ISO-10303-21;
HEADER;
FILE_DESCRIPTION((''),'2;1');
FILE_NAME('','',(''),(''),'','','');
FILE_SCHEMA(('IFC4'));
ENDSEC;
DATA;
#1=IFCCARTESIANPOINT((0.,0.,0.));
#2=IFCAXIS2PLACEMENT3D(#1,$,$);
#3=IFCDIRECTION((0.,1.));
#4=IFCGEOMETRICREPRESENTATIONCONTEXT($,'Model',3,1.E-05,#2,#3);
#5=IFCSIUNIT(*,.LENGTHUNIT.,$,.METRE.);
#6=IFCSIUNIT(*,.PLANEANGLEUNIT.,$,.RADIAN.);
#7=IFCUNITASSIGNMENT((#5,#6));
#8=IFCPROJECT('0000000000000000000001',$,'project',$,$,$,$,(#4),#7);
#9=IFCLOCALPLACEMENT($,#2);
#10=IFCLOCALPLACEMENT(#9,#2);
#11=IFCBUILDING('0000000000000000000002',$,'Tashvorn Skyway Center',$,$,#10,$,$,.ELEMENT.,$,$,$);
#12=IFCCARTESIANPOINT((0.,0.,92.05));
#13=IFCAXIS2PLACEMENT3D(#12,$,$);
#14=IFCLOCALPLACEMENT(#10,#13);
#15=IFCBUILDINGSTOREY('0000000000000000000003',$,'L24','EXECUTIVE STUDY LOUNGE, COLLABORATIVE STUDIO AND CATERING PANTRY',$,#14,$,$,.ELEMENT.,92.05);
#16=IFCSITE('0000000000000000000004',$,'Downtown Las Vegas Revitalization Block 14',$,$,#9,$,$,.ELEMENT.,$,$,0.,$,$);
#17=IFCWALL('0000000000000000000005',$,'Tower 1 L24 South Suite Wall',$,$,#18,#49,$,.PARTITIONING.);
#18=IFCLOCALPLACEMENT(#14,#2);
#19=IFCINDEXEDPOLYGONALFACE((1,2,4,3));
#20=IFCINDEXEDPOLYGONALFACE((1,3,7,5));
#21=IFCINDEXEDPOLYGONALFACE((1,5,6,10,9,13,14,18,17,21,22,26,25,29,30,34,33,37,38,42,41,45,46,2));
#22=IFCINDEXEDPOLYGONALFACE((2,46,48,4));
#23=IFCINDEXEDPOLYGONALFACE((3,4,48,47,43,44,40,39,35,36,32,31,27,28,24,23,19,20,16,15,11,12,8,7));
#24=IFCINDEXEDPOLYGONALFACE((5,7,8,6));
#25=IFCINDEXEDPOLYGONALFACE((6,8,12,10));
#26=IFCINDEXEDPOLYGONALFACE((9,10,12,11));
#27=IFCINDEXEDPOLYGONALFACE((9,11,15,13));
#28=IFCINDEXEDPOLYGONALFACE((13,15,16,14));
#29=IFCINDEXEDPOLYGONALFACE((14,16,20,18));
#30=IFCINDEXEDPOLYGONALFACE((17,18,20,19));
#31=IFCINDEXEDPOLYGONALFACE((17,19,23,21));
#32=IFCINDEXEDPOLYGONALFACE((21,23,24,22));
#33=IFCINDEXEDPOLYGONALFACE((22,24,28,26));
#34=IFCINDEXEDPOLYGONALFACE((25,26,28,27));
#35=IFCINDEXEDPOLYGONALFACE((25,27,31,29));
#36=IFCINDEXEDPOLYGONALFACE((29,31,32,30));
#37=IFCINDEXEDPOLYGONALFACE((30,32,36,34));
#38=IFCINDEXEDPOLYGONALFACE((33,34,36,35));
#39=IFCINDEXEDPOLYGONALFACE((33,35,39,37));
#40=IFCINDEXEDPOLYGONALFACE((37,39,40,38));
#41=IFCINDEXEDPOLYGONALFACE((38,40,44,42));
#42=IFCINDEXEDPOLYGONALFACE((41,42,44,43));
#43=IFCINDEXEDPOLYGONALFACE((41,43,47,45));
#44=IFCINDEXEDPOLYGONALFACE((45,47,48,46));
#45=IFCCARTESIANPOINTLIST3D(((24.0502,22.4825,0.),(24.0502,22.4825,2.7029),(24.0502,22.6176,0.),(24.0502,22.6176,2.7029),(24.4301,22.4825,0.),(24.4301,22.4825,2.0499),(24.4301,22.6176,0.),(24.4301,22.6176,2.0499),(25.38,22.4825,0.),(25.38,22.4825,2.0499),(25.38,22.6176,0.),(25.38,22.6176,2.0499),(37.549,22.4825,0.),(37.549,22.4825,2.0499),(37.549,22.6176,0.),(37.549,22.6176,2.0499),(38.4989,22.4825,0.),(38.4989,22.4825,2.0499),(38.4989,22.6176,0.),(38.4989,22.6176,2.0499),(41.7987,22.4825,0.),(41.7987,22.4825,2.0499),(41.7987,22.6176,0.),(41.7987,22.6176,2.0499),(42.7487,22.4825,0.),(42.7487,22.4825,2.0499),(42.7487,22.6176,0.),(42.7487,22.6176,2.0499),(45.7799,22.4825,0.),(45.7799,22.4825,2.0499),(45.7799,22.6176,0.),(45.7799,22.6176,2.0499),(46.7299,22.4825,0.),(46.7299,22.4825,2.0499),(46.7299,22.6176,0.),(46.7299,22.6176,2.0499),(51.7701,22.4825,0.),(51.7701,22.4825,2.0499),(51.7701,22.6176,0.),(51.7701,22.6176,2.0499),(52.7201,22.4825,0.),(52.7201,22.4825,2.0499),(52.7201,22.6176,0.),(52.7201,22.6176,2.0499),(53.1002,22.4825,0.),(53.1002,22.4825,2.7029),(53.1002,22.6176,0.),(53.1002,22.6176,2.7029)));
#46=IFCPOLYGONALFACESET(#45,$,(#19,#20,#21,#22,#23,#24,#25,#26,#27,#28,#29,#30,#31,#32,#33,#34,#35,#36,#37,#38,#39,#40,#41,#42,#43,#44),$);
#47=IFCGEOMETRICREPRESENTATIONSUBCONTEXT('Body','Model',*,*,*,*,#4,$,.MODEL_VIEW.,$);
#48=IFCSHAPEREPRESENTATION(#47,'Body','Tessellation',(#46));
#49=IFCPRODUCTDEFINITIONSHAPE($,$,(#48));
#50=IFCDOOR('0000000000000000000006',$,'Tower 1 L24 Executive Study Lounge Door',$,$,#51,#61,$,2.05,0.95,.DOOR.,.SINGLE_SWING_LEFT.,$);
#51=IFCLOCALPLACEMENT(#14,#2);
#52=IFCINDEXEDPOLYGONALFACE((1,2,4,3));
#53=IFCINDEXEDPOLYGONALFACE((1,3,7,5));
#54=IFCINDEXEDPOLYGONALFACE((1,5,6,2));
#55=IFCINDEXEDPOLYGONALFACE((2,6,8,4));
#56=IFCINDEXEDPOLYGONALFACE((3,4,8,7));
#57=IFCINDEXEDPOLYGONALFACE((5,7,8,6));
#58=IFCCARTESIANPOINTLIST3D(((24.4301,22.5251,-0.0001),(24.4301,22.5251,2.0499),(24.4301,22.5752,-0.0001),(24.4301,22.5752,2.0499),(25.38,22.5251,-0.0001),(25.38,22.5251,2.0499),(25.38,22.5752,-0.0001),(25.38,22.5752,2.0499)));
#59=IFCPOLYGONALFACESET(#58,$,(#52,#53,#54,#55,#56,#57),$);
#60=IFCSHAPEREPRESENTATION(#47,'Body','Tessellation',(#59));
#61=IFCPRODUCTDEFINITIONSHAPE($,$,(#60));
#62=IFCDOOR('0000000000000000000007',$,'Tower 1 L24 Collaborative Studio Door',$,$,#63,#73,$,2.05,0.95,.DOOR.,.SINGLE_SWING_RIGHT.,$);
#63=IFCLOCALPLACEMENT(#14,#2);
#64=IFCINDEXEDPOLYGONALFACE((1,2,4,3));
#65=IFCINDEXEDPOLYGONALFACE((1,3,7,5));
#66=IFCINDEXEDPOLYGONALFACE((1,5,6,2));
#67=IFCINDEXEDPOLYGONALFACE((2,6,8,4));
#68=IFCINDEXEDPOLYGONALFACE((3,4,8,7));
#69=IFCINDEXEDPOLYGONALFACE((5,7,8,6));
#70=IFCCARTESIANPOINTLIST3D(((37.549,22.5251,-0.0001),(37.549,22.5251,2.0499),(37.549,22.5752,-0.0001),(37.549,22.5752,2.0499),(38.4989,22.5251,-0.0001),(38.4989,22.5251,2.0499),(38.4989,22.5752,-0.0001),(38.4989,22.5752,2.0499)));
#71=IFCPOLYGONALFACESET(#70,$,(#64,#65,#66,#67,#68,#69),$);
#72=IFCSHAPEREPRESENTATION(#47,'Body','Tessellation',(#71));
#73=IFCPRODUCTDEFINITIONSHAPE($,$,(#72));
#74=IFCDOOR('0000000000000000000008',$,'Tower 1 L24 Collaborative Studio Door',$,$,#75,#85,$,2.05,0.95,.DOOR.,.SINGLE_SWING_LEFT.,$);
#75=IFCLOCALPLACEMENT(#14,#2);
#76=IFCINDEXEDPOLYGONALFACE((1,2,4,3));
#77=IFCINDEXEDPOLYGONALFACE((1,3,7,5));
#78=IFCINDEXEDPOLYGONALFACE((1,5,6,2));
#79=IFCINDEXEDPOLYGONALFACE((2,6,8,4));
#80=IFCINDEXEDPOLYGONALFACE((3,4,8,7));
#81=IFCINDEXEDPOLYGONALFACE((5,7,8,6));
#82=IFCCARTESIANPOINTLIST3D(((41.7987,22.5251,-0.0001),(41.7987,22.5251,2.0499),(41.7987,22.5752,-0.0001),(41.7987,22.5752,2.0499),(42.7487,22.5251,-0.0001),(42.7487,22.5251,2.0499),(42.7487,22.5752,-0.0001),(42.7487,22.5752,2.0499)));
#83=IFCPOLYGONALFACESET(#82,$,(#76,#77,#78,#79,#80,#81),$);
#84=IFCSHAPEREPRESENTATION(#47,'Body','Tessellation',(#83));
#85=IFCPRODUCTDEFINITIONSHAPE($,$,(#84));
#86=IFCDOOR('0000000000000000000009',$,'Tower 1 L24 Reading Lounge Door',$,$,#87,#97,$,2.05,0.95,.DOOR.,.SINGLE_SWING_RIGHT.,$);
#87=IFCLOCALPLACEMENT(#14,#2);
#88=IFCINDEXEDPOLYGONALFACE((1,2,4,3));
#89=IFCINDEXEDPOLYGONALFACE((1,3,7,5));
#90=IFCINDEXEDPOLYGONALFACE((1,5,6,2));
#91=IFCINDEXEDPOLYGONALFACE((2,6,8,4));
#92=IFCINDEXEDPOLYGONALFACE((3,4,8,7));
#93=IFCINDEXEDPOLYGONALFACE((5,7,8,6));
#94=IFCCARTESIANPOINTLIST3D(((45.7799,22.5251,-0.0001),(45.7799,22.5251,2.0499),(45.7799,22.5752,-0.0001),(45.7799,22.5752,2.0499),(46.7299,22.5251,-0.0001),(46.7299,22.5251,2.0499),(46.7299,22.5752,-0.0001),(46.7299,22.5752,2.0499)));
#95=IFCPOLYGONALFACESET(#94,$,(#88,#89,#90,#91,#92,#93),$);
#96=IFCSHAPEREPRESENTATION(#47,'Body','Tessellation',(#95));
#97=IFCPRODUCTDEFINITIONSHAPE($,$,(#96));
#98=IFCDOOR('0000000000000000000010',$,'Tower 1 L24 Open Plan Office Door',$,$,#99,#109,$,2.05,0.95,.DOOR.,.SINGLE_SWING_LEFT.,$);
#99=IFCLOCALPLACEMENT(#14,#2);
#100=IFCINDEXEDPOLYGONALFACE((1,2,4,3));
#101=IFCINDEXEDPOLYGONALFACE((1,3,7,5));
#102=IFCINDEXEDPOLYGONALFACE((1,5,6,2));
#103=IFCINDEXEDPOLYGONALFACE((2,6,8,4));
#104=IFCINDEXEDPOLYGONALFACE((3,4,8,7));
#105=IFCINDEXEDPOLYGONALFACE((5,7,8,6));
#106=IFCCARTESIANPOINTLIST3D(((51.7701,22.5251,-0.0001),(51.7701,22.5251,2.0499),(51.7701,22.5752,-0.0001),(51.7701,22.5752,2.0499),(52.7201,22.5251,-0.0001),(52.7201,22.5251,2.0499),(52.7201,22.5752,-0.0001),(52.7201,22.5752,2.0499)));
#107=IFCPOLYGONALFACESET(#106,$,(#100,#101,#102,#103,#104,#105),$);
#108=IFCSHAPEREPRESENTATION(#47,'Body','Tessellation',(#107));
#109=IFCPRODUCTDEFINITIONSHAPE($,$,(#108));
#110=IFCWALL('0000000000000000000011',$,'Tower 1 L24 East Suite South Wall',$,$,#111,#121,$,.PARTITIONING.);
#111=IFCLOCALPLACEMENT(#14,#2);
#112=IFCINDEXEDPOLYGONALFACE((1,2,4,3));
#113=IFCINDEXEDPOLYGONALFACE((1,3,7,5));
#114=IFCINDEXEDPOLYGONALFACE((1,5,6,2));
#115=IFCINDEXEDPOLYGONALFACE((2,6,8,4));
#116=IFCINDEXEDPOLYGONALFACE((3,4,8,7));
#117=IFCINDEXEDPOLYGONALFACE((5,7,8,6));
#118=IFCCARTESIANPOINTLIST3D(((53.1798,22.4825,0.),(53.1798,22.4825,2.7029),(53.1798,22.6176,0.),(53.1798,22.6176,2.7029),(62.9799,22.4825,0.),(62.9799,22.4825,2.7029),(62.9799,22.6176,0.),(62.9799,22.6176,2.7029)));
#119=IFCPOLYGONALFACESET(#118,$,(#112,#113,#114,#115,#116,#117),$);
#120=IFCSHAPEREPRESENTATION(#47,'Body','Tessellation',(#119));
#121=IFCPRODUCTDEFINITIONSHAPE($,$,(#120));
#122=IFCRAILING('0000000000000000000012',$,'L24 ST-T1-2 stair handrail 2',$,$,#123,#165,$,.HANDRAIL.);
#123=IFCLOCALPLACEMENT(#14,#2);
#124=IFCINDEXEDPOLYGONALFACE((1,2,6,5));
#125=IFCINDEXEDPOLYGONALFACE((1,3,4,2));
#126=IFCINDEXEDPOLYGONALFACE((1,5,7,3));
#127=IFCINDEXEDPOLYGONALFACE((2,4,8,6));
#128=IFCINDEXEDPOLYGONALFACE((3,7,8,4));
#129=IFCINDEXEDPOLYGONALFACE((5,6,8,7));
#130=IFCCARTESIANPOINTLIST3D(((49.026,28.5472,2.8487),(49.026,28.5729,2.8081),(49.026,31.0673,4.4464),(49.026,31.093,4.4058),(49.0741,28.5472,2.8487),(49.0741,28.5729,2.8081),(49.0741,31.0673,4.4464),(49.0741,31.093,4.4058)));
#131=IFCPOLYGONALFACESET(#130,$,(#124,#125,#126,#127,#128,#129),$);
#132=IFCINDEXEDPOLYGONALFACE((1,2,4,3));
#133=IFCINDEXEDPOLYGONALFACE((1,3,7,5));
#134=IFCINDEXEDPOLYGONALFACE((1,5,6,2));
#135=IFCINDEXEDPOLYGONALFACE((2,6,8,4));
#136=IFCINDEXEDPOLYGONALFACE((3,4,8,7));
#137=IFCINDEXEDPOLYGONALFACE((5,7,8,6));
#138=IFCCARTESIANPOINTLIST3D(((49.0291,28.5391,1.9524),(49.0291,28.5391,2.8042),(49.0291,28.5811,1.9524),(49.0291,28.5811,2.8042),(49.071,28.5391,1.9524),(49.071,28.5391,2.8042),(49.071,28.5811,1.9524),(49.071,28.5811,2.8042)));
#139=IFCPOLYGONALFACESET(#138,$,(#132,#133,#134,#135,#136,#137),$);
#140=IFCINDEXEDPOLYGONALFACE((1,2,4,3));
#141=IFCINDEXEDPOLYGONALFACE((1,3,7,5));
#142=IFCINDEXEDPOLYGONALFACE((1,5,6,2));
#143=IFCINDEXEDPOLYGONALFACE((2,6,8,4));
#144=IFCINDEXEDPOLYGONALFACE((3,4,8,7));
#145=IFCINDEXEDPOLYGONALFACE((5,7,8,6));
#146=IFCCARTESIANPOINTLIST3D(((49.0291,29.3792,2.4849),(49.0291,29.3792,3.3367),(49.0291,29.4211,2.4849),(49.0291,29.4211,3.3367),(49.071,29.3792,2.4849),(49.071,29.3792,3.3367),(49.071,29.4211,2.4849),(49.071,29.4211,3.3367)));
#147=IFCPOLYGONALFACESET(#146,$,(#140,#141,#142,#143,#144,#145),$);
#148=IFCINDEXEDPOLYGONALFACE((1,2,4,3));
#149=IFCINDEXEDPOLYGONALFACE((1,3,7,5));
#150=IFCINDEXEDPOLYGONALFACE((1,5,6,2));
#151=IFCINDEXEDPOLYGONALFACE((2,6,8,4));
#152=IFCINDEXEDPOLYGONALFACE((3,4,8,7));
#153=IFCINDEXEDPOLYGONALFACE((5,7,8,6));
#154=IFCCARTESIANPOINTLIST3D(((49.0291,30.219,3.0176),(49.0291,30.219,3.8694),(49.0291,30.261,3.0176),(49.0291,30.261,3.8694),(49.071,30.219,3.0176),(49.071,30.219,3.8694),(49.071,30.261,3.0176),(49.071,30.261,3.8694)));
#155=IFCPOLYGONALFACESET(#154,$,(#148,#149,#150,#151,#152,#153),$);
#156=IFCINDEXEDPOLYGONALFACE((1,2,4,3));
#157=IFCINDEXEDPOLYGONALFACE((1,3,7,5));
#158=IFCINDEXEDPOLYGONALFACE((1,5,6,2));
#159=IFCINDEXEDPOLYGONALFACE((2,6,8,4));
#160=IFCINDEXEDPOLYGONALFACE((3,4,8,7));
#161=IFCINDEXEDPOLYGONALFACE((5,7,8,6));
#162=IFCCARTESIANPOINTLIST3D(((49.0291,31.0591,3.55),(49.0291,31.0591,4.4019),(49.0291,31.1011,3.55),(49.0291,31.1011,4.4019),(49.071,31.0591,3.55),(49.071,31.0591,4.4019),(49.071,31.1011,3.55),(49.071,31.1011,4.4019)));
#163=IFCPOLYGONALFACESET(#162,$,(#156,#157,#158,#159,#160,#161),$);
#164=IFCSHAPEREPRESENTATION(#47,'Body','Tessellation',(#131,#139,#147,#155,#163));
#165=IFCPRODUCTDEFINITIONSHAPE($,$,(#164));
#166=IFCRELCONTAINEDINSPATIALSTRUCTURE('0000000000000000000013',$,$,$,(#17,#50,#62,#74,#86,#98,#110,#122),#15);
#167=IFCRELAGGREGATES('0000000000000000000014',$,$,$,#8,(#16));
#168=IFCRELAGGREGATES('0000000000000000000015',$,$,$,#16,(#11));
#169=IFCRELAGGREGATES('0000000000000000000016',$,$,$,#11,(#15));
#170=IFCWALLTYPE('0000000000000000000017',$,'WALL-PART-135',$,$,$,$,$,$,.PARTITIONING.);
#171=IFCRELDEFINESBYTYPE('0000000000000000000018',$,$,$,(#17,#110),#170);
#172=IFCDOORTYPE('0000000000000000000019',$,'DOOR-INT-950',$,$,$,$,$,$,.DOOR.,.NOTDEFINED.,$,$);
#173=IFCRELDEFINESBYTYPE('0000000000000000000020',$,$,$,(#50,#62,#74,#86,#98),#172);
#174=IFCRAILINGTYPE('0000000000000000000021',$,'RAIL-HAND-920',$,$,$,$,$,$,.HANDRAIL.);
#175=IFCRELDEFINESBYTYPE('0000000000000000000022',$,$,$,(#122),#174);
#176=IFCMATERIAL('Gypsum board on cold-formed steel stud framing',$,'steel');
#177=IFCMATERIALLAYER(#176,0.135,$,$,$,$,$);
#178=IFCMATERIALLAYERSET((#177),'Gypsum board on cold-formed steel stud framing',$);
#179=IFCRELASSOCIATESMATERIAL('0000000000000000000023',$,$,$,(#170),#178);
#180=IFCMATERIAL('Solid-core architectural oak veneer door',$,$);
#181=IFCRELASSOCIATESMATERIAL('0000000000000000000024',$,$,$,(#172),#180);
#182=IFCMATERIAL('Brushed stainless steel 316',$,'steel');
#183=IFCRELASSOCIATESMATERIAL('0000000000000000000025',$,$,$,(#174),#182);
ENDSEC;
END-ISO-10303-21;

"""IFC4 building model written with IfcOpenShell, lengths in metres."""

from ifc_helpers import new_model, si_unit, direction, frame, frame_2d, origin, origin_2d, place, context, subcontext, project, spatial, rectangle, extrude, material, layer, layer_set, type_object, element, fill, save


model = new_model("IFC4")

# Units and contexts
model_context = context("Model", 3, precision=1e-05, world=origin(), true_north=direction((0.0, 1.0)))
body_context = subcontext(model_context, "Body", "Model", "MODEL_VIEW")
ifc_project = project(units=[si_unit("LENGTHUNIT", "METRE"), si_unit("PLANEANGLEUNIT", "RADIAN")], contexts=[model_context])

# Site, building, storey
site_placement = place(None, origin())
site = spatial("IfcSite", under=ifc_project, at=site_placement, Name="Downtown Las Vegas Revitalization Block 14", CompositionType="ELEMENT", RefElevation=0.0)
building_placement = place(site_placement, origin())
building = spatial("IfcBuilding", under=site, at=building_placement, Name="Tashvorn Skyway Center", CompositionType="ELEMENT")
storey_placement = place(building_placement, frame((0.0, 0.0, 92.05)))
storey = spatial("IfcBuildingStorey", under=building, at=storey_placement, Name="L24", Description="EXECUTIVE STUDY LOUNGE, COLLABORATIVE STUDIO AND CATERING PANTRY", CompositionType="ELEMENT", Elevation=92.05)

# Wall, openings, doors
ifc_material_1 = material(Name="Gypsum board on cold-formed steel stud framing", Category="steel")
ifc_layer_1 = layer(ifc_material_1, 0.135)
ifc_layer_set_1 = layer_set([ifc_layer_1], Name="Gypsum board on cold-formed steel stud framing")
wall_type_1 = type_object("IfcWallType", Name="WALL-PART-135", PredefinedType="PARTITIONING", material=ifc_layer_set_1)
wall_1_placement = place(storey_placement, frame((53.1001, 22.55, 0.0), z_axis=(0.0, 0.0, 1.0), x_axis=(-1.0, 0.0, 0.0)))
wall_1 = element("IfcWall", 1, at=wall_1_placement, inside=storey, type_object=wall_type_1, Name="Tower 1 L24 South Suite Wall", PredefinedType="PARTITIONING", context=body_context, shape_type="SweptSolid", body=[
    extrude(rectangle(XDim=29.05, YDim=0.135, at=frame_2d((14.5249, 0.0))), origin(), (0.0, 0.0, 1.0), 2.7029),
])
opening_1_placement = place(wall_1_placement, frame((27.72, 0.0, 0.0)))
opening_1 = element("IfcOpeningElement", 2, at=opening_1_placement, cuts=wall_1, PredefinedType="OPENING", context=body_context, shape_type="SweptSolid", body=[
    extrude(rectangle(XDim=0.95, YDim=2.05, at=frame_2d((0.4751, 1.0249))), frame((0.0, 0.0774, 0.0), z_axis=(0.0, -1.0, 0.0), x_axis=(1.0, 0.0, 0.0)), (0.0, 0.0, 1.0), 0.155),
])
opening_2_placement = place(wall_1_placement, frame((14.6011, 0.0, 0.0)))
opening_2 = element("IfcOpeningElement", 3, at=opening_2_placement, cuts=wall_1, PredefinedType="OPENING", context=body_context, shape_type="SweptSolid", body=[
    extrude(rectangle(XDim=0.95, YDim=2.05, at=frame_2d((0.4751, 1.0249))), frame((0.0, 0.0774, 0.0), z_axis=(0.0, -1.0, 0.0), x_axis=(1.0, 0.0, 0.0)), (0.0, 0.0, 1.0), 0.155),
])
opening_3_placement = place(wall_1_placement, frame((10.3513, 0.0, 0.0)))
opening_3 = element("IfcOpeningElement", 4, at=opening_3_placement, cuts=wall_1, PredefinedType="OPENING", context=body_context, shape_type="SweptSolid", body=[
    extrude(rectangle(XDim=0.95, YDim=2.05, at=frame_2d((0.4751, 1.0249))), frame((0.0, 0.0774, 0.0), z_axis=(0.0, -1.0, 0.0), x_axis=(1.0, 0.0, 0.0)), (0.0, 0.0, 1.0), 0.155),
])
opening_4_placement = place(wall_1_placement, frame((6.3701, 0.0, 0.0)))
opening_4 = element("IfcOpeningElement", 5, at=opening_4_placement, cuts=wall_1, PredefinedType="OPENING", context=body_context, shape_type="SweptSolid", body=[
    extrude(rectangle(XDim=0.95, YDim=2.05, at=frame_2d((0.4751, 1.0249))), frame((0.0, 0.0774, 0.0), z_axis=(0.0, -1.0, 0.0), x_axis=(1.0, 0.0, 0.0)), (0.0, 0.0, 1.0), 0.155),
])
opening_5_placement = place(wall_1_placement, frame((0.3799, 0.0, 0.0)))
opening_5 = element("IfcOpeningElement", 6, at=opening_5_placement, cuts=wall_1, PredefinedType="OPENING", context=body_context, shape_type="SweptSolid", body=[
    extrude(rectangle(XDim=0.95, YDim=2.05, at=frame_2d((0.4751, 1.0249))), frame((0.0, 0.0774, 0.0), z_axis=(0.0, -1.0, 0.0), x_axis=(1.0, 0.0, 0.0)), (0.0, 0.0, 1.0), 0.155),
])
ifc_material_2 = material(Name="Solid-core architectural oak veneer door")
door_type_1 = type_object("IfcDoorType", Name="DOOR-INT-950", OperationType="NOTDEFINED", PredefinedType="DOOR", material=ifc_material_2)
door_1_placement = place(opening_1_placement, origin())
door_1 = element("IfcDoor", 7, at=door_1_placement, inside=storey, type_object=door_type_1, Name="Tower 1 L24 Executive Study Lounge Door", OperationType="SINGLE_SWING_LEFT", OverallHeight=2.05, OverallWidth=0.95, PredefinedType="DOOR", context=body_context, shape_type="SweptSolid", body=[
    extrude(rectangle(XDim=0.95, YDim=2.05, at=frame_2d((0.4751, 1.0249))), frame((0.0, 0.0249, 0.0), z_axis=(0.0, -1.0, 0.0), x_axis=(1.0, 0.0, 0.0)), (0.0, 0.0, 1.0), 0.05),
])
fill(opening_1, door_1)
door_2_placement = place(opening_2_placement, origin())
door_2 = element("IfcDoor", 8, at=door_2_placement, inside=storey, type_object=door_type_1, Name="Tower 1 L24 Collaborative Studio Door", OperationType="SINGLE_SWING_RIGHT", OverallHeight=2.05, OverallWidth=0.95, PredefinedType="DOOR", context=body_context, shape_type="SweptSolid", body=[
    extrude(rectangle(XDim=0.95, YDim=2.05, at=frame_2d((0.4751, 1.0249))), frame((0.0, 0.0249, 0.0), z_axis=(0.0, -1.0, 0.0), x_axis=(1.0, 0.0, 0.0)), (0.0, 0.0, 1.0), 0.05),
])
fill(opening_2, door_2)
door_3_placement = place(opening_3_placement, origin())
door_3 = element("IfcDoor", 9, at=door_3_placement, inside=storey, type_object=door_type_1, Name="Tower 1 L24 Collaborative Studio Door", OperationType="SINGLE_SWING_LEFT", OverallHeight=2.05, OverallWidth=0.95, PredefinedType="DOOR", context=body_context, shape_type="SweptSolid", body=[
    extrude(rectangle(XDim=0.95, YDim=2.05, at=frame_2d((0.4751, 1.0249))), frame((0.0, 0.0249, 0.0), z_axis=(0.0, -1.0, 0.0), x_axis=(1.0, 0.0, 0.0)), (0.0, 0.0, 1.0), 0.05),
])
fill(opening_3, door_3)
door_4_placement = place(opening_4_placement, origin())
door_4 = element("IfcDoor", 10, at=door_4_placement, inside=storey, type_object=door_type_1, Name="Tower 1 L24 Reading Lounge Door", OperationType="SINGLE_SWING_RIGHT", OverallHeight=2.05, OverallWidth=0.95, PredefinedType="DOOR", context=body_context, shape_type="SweptSolid", body=[
    extrude(rectangle(XDim=0.95, YDim=2.05, at=frame_2d((0.4751, 1.0249))), frame((0.0, 0.0249, 0.0), z_axis=(0.0, -1.0, 0.0), x_axis=(1.0, 0.0, 0.0)), (0.0, 0.0, 1.0), 0.05),
])
fill(opening_4, door_4)
door_5_placement = place(opening_5_placement, origin())
door_5 = element("IfcDoor", 11, at=door_5_placement, inside=storey, type_object=door_type_1, Name="Tower 1 L24 Open Plan Office Door", OperationType="SINGLE_SWING_LEFT", OverallHeight=2.05, OverallWidth=0.95, PredefinedType="DOOR", context=body_context, shape_type="SweptSolid", body=[
    extrude(rectangle(XDim=0.95, YDim=2.05, at=frame_2d((0.4751, 1.0249))), frame((0.0, 0.0249, 0.0), z_axis=(0.0, -1.0, 0.0), x_axis=(1.0, 0.0, 0.0)), (0.0, 0.0, 1.0), 0.05),
])
fill(opening_5, door_5)

# Wall
wall_2_placement = place(storey_placement, frame((53.1799, 22.55, 0.0), z_axis=(0.0, 0.0, 1.0), x_axis=(1.0, 0.0, 0.0)))
element("IfcWall", 12, at=wall_2_placement, inside=storey, type_object=wall_type_1, Name="Tower 1 L24 East Suite South Wall", PredefinedType="PARTITIONING", context=body_context, shape_type="SweptSolid", body=[
    extrude(rectangle(XDim=9.8, YDim=0.135, at=frame_2d((4.8999, 0.0))), origin(), (0.0, 0.0, 1.0), 2.7029),
])

# Railing
ifc_material_3 = material(Name="Brushed stainless steel 316", Category="steel")
railing_type_1 = type_object("IfcRailingType", Name="RAIL-HAND-920", PredefinedType="HANDRAIL", material=ifc_material_3)
railing_1_placement = place(storey_placement, frame((49.05, 28.5601, 1.9524)))
element("IfcRailing", 13, at=railing_1_placement, inside=storey, type_object=railing_type_1, Name="L24 ST-T1-2 stair handrail 2", PredefinedType="HANDRAIL", context=body_context, shape_type="SweptSolid", body=[
    extrude(rectangle(XDim=0.0481, YDim=0.0481, at=origin_2d()), frame((0.0, 0.0, 0.876), z_axis=(0.0, 0.84457, 0.535445), x_axis=(-1.0, 0.0, 0.0)), (0.0, 0.0, 1.0), 2.9839),
    extrude(rectangle(XDim=0.042, YDim=0.042, at=origin_2d()), origin(), (0.0, 0.0, 1.0), 0.8518),
    extrude(rectangle(XDim=0.042, YDim=0.042, at=origin_2d()), frame((0.0, 0.8401, 0.5325)), (0.0, 0.0, 1.0), 0.8518),
    extrude(rectangle(XDim=0.042, YDim=0.042, at=origin_2d()), frame((0.0, 1.6799, 1.0652)), (0.0, 0.0, 1.0), 0.8518),
    extrude(rectangle(XDim=0.042, YDim=0.042, at=origin_2d()), frame((0.0, 2.52, 1.5977)), (0.0, 0.0, 1.0), 0.8518),
])

save(model, "model.ifc")
